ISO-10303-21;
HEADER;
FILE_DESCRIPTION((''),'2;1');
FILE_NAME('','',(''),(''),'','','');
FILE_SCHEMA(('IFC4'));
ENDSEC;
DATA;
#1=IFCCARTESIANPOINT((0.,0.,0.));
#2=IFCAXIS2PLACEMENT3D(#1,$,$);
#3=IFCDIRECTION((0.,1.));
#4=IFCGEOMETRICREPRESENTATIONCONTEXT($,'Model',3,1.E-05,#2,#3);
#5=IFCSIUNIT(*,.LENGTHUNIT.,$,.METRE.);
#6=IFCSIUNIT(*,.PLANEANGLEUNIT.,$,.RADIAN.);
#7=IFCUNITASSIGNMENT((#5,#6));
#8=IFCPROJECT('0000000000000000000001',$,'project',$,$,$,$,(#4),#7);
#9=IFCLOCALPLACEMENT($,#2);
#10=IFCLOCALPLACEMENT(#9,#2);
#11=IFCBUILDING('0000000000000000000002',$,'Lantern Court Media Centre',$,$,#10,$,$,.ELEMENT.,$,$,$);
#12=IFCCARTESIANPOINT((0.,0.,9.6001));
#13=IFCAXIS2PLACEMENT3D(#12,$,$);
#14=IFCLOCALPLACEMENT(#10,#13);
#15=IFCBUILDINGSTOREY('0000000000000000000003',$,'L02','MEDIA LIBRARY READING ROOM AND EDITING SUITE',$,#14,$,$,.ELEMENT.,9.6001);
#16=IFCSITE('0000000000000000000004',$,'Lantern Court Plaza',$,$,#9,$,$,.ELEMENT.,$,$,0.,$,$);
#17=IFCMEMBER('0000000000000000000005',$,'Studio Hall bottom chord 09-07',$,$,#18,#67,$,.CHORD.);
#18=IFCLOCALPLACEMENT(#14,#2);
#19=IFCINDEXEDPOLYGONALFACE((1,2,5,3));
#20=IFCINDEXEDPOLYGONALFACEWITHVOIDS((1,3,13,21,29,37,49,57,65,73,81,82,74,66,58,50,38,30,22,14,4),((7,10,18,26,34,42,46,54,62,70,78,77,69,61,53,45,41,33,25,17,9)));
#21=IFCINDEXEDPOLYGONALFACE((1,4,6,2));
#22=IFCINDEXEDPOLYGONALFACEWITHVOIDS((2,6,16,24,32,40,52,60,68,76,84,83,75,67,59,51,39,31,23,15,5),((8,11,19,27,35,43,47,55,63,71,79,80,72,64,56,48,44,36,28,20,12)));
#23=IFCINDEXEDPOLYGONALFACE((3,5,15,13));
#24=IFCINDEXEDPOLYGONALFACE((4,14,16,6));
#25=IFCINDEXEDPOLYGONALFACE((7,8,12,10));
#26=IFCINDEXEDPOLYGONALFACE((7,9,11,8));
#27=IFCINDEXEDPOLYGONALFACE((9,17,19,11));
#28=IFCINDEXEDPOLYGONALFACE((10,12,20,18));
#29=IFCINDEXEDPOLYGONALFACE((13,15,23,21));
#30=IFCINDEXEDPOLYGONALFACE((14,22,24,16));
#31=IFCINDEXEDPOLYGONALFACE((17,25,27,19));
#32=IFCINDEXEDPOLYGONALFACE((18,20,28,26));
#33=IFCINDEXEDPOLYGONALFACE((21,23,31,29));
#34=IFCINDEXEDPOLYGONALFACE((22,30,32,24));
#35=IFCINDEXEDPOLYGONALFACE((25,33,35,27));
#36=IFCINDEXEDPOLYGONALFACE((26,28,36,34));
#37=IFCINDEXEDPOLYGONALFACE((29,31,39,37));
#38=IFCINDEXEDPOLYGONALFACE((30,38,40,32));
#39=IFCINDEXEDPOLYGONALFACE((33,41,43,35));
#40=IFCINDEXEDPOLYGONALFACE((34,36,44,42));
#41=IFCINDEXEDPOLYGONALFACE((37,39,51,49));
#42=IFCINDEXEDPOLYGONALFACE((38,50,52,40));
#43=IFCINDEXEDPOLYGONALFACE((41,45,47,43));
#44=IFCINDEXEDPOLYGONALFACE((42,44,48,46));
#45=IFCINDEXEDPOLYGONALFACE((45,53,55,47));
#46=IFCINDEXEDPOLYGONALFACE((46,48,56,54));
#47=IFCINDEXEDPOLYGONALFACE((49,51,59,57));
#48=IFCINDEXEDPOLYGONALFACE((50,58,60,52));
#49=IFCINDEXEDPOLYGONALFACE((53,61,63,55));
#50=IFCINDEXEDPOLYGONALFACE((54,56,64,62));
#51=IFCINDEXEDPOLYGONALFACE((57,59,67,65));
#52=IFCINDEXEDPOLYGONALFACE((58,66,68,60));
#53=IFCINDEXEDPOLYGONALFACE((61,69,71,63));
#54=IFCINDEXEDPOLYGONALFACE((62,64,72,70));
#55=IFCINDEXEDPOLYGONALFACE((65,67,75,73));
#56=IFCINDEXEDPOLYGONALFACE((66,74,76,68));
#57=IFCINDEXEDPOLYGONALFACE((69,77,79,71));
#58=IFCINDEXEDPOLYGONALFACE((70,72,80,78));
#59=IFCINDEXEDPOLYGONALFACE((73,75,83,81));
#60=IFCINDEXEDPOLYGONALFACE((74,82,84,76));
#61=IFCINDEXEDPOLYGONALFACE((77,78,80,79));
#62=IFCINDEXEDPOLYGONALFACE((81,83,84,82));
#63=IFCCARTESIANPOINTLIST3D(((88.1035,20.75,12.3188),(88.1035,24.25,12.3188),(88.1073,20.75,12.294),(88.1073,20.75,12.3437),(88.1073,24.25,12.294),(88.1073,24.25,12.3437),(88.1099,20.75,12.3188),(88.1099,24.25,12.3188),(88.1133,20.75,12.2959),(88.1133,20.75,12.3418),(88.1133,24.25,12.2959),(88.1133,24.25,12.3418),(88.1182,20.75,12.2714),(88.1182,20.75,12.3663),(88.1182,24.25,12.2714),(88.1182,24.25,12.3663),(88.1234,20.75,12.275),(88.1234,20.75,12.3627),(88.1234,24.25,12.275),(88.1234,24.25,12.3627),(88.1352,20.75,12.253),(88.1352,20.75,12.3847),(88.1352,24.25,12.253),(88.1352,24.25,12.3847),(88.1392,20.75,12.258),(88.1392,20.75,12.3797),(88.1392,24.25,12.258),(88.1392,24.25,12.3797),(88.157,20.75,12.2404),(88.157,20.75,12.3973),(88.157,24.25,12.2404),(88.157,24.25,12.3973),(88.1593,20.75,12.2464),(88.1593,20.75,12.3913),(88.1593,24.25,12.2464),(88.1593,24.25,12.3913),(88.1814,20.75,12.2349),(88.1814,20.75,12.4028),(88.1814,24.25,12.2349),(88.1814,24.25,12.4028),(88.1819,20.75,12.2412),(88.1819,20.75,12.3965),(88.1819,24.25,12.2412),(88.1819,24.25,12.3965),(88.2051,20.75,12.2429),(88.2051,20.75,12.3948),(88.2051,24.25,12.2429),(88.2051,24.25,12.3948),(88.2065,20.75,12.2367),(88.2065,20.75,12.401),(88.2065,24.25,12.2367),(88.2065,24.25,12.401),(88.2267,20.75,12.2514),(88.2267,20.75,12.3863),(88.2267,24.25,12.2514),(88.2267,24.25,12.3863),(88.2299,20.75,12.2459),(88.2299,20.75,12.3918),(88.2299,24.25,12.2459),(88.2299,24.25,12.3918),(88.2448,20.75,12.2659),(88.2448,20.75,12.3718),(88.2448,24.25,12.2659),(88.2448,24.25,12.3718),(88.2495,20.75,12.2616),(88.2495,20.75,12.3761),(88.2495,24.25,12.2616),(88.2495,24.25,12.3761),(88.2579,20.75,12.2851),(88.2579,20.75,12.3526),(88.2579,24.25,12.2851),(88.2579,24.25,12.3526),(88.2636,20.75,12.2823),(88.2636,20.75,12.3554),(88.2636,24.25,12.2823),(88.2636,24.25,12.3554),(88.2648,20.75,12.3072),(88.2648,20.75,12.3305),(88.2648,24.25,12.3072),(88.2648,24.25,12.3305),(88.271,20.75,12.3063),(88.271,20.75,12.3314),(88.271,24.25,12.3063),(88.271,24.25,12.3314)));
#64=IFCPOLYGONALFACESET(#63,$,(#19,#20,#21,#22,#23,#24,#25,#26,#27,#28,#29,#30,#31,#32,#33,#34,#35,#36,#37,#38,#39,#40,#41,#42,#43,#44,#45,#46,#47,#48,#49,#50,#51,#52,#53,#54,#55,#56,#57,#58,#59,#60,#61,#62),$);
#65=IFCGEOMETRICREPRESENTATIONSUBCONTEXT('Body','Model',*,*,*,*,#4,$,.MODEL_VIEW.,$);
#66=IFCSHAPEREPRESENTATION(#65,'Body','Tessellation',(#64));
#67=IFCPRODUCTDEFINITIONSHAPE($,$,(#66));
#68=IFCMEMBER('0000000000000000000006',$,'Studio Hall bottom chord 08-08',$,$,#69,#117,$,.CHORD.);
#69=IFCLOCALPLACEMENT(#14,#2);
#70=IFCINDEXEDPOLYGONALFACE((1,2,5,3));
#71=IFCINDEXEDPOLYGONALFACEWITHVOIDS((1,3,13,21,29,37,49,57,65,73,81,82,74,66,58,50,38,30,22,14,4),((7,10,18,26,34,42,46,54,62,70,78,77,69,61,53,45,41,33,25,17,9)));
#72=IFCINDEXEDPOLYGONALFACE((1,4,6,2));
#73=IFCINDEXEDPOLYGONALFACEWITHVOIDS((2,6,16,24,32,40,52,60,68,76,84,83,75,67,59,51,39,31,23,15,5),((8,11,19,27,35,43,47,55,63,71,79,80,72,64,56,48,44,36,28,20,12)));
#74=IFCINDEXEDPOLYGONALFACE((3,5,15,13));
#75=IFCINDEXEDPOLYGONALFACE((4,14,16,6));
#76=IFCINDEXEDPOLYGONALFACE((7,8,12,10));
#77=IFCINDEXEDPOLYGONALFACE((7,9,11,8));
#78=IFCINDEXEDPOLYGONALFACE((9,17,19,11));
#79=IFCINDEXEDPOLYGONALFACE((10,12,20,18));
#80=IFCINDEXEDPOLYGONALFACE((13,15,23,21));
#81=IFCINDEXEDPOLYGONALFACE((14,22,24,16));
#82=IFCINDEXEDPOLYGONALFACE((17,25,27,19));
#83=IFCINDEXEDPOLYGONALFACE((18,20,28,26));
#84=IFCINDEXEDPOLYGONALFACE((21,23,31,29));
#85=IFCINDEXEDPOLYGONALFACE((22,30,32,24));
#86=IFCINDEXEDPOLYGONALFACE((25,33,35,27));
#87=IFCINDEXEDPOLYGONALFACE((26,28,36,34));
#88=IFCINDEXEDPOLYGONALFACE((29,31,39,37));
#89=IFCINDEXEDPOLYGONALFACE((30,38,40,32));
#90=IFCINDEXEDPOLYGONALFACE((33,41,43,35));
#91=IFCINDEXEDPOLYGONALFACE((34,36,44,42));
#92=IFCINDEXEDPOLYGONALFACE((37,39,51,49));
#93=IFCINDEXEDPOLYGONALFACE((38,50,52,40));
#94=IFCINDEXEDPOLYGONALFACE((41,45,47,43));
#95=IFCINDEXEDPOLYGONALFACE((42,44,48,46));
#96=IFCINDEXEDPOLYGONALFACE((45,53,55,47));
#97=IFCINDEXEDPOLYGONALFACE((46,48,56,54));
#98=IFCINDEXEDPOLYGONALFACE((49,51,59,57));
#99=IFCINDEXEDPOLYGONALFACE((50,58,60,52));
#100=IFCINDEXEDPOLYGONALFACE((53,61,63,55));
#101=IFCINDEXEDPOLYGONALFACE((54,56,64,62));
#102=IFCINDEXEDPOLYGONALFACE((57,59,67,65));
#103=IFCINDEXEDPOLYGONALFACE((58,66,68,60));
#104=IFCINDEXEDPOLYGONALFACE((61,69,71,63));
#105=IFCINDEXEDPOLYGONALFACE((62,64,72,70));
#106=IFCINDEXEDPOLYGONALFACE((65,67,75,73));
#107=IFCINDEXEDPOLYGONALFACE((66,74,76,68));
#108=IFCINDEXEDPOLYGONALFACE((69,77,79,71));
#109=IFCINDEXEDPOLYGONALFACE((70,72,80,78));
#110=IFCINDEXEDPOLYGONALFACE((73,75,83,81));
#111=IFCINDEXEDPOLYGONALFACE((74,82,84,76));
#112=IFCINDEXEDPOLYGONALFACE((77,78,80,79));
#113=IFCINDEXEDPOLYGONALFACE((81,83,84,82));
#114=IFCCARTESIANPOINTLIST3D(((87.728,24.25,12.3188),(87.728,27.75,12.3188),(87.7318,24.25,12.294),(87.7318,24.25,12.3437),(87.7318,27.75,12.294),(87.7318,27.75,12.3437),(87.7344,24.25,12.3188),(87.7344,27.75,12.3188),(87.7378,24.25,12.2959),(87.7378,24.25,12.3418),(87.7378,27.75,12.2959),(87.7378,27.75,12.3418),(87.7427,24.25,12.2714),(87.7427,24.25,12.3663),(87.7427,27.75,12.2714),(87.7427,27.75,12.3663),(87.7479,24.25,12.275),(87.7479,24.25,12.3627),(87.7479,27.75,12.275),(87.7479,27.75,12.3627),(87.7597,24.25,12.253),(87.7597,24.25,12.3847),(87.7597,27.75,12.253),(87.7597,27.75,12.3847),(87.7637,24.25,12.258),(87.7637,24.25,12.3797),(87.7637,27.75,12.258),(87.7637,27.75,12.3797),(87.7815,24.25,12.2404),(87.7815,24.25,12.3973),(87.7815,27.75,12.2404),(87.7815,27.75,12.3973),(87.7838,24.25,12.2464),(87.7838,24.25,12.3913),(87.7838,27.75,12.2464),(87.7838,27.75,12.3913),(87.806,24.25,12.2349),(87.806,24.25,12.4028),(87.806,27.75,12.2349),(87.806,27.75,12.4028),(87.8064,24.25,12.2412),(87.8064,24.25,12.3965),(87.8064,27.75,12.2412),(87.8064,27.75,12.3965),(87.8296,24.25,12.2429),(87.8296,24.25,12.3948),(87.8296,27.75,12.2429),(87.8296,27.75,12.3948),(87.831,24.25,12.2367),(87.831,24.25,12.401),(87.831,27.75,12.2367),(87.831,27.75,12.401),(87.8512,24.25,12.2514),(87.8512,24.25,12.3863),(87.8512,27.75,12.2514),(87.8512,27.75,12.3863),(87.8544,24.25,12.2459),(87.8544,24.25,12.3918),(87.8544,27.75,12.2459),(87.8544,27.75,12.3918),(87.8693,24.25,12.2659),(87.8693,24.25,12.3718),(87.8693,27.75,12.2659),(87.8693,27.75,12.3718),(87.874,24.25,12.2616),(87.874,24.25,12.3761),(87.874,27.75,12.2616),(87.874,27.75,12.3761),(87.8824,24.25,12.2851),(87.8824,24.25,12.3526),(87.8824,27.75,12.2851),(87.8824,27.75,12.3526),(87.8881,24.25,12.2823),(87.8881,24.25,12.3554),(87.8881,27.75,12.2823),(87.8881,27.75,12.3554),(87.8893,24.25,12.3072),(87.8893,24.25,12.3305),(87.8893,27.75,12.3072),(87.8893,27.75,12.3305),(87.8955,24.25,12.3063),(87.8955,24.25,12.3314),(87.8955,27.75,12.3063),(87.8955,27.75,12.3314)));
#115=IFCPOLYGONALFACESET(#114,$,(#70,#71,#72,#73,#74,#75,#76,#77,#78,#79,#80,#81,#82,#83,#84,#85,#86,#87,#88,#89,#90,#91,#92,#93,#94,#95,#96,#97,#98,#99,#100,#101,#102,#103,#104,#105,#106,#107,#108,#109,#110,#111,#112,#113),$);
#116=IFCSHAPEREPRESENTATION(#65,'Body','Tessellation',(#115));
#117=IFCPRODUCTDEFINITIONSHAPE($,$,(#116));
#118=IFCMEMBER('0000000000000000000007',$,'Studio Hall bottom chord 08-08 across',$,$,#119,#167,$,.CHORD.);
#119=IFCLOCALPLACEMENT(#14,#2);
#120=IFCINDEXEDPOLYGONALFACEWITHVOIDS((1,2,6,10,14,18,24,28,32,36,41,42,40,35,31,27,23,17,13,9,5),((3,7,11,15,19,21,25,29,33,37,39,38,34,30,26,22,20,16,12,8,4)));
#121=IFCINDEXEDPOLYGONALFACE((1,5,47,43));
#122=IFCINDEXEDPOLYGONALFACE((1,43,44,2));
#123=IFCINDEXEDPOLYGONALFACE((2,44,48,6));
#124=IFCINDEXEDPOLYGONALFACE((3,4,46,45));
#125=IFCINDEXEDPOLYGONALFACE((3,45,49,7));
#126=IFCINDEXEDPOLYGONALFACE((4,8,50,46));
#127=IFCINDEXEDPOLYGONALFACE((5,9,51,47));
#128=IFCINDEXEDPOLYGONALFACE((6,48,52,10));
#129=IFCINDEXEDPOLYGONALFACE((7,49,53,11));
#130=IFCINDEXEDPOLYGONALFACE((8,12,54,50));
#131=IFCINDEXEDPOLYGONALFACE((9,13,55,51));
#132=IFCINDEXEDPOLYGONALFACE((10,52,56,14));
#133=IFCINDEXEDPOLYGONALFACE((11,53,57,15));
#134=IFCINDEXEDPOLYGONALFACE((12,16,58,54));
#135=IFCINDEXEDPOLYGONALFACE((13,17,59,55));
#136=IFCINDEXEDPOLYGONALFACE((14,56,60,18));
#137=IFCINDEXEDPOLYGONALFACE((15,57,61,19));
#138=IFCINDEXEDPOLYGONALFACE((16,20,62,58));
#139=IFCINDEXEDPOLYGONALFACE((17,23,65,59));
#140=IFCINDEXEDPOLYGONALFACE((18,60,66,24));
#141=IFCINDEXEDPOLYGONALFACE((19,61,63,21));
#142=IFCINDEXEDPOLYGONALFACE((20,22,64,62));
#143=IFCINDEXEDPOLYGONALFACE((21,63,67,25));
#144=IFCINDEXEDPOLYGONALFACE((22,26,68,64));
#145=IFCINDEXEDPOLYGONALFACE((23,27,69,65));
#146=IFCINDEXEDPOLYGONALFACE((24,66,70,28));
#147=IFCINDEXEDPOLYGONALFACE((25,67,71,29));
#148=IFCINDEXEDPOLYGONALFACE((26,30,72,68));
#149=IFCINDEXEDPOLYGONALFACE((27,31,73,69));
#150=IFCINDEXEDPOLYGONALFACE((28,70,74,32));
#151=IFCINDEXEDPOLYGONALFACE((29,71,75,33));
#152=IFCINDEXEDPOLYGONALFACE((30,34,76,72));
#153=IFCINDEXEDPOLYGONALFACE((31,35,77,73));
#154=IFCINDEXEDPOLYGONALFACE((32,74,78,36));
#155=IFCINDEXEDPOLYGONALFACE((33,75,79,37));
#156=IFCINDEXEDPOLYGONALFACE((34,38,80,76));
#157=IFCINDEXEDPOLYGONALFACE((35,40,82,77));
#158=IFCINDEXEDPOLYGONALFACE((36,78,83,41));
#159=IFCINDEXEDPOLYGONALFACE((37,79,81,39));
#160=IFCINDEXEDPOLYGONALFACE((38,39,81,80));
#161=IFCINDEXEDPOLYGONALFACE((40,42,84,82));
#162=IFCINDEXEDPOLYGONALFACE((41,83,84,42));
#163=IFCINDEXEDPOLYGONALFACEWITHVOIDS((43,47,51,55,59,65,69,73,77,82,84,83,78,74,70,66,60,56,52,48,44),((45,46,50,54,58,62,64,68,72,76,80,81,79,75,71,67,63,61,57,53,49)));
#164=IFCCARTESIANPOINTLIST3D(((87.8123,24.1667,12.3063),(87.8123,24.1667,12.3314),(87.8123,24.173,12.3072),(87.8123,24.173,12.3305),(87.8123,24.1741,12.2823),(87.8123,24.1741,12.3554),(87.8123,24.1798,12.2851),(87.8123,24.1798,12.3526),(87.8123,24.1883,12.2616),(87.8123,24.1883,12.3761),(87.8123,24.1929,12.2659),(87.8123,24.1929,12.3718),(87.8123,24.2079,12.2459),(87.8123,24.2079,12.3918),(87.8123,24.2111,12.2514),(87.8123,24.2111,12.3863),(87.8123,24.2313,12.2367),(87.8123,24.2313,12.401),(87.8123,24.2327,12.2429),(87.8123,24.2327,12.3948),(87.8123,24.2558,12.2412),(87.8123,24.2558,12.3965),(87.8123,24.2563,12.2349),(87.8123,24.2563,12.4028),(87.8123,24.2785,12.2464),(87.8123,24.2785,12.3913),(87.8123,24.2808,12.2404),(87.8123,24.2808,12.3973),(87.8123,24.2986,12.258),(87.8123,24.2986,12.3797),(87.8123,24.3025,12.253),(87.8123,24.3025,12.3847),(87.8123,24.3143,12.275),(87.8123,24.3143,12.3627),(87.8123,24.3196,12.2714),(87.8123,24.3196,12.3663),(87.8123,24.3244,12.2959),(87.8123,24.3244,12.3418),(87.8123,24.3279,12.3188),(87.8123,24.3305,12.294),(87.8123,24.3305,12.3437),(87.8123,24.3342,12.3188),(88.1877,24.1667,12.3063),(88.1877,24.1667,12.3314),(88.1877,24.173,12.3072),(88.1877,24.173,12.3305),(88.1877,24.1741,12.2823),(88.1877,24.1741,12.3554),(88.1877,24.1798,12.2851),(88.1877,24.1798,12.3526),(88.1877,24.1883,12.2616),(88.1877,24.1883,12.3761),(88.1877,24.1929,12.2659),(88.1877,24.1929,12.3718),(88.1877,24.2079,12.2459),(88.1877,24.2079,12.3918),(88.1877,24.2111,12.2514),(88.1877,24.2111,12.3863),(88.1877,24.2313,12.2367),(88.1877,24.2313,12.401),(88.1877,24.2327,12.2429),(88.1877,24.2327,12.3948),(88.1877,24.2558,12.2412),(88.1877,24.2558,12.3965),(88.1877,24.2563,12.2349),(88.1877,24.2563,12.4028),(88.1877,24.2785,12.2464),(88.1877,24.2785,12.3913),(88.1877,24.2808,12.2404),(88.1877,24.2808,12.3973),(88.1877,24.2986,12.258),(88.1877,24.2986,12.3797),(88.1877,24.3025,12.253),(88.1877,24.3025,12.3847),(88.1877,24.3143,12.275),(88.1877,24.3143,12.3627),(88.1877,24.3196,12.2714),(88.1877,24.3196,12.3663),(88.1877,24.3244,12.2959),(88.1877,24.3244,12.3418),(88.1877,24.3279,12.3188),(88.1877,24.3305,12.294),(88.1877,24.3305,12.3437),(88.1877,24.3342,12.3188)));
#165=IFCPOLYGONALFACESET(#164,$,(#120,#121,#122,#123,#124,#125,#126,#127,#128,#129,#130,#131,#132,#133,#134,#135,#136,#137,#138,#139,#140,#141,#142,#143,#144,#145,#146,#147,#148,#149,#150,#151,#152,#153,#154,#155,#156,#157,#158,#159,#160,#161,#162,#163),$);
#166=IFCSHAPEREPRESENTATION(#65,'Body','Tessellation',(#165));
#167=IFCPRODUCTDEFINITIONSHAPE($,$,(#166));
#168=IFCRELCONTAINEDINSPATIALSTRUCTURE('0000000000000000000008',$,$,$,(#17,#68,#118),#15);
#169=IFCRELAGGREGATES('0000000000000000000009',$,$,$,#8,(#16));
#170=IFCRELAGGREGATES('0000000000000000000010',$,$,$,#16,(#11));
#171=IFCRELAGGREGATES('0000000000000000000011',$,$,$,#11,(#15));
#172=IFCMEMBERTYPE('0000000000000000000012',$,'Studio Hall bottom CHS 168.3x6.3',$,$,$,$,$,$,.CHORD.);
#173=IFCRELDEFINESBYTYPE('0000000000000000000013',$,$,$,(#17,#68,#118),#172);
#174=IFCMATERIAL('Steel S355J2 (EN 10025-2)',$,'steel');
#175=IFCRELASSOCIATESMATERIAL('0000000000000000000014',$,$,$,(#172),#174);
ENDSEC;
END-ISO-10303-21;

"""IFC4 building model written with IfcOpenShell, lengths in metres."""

from ifc_helpers import new_model, si_unit, direction, frame, origin, origin_2d, place, context, subcontext, project, spatial, hollow_circle, extrude, material, material_profile, profile_set, type_object, element, save


model = new_model("IFC4")

# Units and contexts
model_context = context("Model", 3, precision=1e-05, world=origin(), true_north=direction((0.0, 1.0)))
body_context = subcontext(model_context, "Body", "Model", "MODEL_VIEW")
ifc_project = project(units=[si_unit("LENGTHUNIT", "METRE"), si_unit("PLANEANGLEUNIT", "RADIAN")], contexts=[model_context])

# Site, building, storey
site_placement = place(None, origin())
site = spatial("IfcSite", under=ifc_project, at=site_placement, Name="Lantern Court Plaza", CompositionType="ELEMENT", RefElevation=0.0)
building_placement = place(site_placement, origin())
building = spatial("IfcBuilding", under=site, at=building_placement, Name="Lantern Court Media Centre", CompositionType="ELEMENT")
storey_placement = place(building_placement, frame((0.0, 0.0, 9.6001)))
storey = spatial("IfcBuildingStorey", under=building, at=storey_placement, Name="L02", Description="MEDIA LIBRARY READING ROOM AND EDITING SUITE", CompositionType="ELEMENT", Elevation=9.6001)

# Members
ifc_material = material(Name="Steel S355J2 (EN 10025-2)", Category="steel")
ifc_material_profile_1 = material_profile(ifc_material, hollow_circle(Radius=0.0842, WallThickness=0.0063, at=origin_2d()), Name="Studio Hall bottom CHS 168.3x6.3")
ifc_profile_set_1 = profile_set([ifc_material_profile_1], Name="Steel S355J2 (EN 10025-2)")
member_type_1 = type_object("IfcMemberType", Name="Studio Hall bottom CHS 168.3x6.3", PredefinedType="CHORD", material=ifc_profile_set_1)
for number, where, z_axis, x_axis, name in (
    (1, (88.1877, 20.75, 12.3188), (0.0, 1.0, 0.0), (-1.0, 0.0, 0.0), "Studio Hall bottom chord 09-07"),
    (2, (87.8123, 24.25, 12.3188), (0.0, 1.0, 0.0), (-1.0, 0.0, 0.0), "Studio Hall bottom chord 08-08"),
):
    element("IfcMember", number, at=place(storey_placement, frame(where, z_axis=z_axis, x_axis=x_axis)), inside=storey, type_object=member_type_1, Name=name, PredefinedType="CHORD", context=body_context, shape_type="SweptSolid", body=[
        extrude(hollow_circle(Radius=0.0842, WallThickness=0.0063, at=origin_2d()), origin(), (0.0, 0.0, 1.0), 3.5),
    ])
member_1_placement = place(storey_placement, frame((87.8123, 24.25, 12.3188), z_axis=(1.0, 0.0, 0.0), x_axis=(0.0, 1.0, 0.0)))
element("IfcMember", 3, at=member_1_placement, inside=storey, type_object=member_type_1, Name="Studio Hall bottom chord 08-08 across", PredefinedType="CHORD", context=body_context, shape_type="SweptSolid", body=[
    extrude(hollow_circle(Radius=0.0842, WallThickness=0.0063, at=origin_2d()), origin(), (0.0, 0.0, 1.0), 0.3755),
])

save(model, "model.ifc")
